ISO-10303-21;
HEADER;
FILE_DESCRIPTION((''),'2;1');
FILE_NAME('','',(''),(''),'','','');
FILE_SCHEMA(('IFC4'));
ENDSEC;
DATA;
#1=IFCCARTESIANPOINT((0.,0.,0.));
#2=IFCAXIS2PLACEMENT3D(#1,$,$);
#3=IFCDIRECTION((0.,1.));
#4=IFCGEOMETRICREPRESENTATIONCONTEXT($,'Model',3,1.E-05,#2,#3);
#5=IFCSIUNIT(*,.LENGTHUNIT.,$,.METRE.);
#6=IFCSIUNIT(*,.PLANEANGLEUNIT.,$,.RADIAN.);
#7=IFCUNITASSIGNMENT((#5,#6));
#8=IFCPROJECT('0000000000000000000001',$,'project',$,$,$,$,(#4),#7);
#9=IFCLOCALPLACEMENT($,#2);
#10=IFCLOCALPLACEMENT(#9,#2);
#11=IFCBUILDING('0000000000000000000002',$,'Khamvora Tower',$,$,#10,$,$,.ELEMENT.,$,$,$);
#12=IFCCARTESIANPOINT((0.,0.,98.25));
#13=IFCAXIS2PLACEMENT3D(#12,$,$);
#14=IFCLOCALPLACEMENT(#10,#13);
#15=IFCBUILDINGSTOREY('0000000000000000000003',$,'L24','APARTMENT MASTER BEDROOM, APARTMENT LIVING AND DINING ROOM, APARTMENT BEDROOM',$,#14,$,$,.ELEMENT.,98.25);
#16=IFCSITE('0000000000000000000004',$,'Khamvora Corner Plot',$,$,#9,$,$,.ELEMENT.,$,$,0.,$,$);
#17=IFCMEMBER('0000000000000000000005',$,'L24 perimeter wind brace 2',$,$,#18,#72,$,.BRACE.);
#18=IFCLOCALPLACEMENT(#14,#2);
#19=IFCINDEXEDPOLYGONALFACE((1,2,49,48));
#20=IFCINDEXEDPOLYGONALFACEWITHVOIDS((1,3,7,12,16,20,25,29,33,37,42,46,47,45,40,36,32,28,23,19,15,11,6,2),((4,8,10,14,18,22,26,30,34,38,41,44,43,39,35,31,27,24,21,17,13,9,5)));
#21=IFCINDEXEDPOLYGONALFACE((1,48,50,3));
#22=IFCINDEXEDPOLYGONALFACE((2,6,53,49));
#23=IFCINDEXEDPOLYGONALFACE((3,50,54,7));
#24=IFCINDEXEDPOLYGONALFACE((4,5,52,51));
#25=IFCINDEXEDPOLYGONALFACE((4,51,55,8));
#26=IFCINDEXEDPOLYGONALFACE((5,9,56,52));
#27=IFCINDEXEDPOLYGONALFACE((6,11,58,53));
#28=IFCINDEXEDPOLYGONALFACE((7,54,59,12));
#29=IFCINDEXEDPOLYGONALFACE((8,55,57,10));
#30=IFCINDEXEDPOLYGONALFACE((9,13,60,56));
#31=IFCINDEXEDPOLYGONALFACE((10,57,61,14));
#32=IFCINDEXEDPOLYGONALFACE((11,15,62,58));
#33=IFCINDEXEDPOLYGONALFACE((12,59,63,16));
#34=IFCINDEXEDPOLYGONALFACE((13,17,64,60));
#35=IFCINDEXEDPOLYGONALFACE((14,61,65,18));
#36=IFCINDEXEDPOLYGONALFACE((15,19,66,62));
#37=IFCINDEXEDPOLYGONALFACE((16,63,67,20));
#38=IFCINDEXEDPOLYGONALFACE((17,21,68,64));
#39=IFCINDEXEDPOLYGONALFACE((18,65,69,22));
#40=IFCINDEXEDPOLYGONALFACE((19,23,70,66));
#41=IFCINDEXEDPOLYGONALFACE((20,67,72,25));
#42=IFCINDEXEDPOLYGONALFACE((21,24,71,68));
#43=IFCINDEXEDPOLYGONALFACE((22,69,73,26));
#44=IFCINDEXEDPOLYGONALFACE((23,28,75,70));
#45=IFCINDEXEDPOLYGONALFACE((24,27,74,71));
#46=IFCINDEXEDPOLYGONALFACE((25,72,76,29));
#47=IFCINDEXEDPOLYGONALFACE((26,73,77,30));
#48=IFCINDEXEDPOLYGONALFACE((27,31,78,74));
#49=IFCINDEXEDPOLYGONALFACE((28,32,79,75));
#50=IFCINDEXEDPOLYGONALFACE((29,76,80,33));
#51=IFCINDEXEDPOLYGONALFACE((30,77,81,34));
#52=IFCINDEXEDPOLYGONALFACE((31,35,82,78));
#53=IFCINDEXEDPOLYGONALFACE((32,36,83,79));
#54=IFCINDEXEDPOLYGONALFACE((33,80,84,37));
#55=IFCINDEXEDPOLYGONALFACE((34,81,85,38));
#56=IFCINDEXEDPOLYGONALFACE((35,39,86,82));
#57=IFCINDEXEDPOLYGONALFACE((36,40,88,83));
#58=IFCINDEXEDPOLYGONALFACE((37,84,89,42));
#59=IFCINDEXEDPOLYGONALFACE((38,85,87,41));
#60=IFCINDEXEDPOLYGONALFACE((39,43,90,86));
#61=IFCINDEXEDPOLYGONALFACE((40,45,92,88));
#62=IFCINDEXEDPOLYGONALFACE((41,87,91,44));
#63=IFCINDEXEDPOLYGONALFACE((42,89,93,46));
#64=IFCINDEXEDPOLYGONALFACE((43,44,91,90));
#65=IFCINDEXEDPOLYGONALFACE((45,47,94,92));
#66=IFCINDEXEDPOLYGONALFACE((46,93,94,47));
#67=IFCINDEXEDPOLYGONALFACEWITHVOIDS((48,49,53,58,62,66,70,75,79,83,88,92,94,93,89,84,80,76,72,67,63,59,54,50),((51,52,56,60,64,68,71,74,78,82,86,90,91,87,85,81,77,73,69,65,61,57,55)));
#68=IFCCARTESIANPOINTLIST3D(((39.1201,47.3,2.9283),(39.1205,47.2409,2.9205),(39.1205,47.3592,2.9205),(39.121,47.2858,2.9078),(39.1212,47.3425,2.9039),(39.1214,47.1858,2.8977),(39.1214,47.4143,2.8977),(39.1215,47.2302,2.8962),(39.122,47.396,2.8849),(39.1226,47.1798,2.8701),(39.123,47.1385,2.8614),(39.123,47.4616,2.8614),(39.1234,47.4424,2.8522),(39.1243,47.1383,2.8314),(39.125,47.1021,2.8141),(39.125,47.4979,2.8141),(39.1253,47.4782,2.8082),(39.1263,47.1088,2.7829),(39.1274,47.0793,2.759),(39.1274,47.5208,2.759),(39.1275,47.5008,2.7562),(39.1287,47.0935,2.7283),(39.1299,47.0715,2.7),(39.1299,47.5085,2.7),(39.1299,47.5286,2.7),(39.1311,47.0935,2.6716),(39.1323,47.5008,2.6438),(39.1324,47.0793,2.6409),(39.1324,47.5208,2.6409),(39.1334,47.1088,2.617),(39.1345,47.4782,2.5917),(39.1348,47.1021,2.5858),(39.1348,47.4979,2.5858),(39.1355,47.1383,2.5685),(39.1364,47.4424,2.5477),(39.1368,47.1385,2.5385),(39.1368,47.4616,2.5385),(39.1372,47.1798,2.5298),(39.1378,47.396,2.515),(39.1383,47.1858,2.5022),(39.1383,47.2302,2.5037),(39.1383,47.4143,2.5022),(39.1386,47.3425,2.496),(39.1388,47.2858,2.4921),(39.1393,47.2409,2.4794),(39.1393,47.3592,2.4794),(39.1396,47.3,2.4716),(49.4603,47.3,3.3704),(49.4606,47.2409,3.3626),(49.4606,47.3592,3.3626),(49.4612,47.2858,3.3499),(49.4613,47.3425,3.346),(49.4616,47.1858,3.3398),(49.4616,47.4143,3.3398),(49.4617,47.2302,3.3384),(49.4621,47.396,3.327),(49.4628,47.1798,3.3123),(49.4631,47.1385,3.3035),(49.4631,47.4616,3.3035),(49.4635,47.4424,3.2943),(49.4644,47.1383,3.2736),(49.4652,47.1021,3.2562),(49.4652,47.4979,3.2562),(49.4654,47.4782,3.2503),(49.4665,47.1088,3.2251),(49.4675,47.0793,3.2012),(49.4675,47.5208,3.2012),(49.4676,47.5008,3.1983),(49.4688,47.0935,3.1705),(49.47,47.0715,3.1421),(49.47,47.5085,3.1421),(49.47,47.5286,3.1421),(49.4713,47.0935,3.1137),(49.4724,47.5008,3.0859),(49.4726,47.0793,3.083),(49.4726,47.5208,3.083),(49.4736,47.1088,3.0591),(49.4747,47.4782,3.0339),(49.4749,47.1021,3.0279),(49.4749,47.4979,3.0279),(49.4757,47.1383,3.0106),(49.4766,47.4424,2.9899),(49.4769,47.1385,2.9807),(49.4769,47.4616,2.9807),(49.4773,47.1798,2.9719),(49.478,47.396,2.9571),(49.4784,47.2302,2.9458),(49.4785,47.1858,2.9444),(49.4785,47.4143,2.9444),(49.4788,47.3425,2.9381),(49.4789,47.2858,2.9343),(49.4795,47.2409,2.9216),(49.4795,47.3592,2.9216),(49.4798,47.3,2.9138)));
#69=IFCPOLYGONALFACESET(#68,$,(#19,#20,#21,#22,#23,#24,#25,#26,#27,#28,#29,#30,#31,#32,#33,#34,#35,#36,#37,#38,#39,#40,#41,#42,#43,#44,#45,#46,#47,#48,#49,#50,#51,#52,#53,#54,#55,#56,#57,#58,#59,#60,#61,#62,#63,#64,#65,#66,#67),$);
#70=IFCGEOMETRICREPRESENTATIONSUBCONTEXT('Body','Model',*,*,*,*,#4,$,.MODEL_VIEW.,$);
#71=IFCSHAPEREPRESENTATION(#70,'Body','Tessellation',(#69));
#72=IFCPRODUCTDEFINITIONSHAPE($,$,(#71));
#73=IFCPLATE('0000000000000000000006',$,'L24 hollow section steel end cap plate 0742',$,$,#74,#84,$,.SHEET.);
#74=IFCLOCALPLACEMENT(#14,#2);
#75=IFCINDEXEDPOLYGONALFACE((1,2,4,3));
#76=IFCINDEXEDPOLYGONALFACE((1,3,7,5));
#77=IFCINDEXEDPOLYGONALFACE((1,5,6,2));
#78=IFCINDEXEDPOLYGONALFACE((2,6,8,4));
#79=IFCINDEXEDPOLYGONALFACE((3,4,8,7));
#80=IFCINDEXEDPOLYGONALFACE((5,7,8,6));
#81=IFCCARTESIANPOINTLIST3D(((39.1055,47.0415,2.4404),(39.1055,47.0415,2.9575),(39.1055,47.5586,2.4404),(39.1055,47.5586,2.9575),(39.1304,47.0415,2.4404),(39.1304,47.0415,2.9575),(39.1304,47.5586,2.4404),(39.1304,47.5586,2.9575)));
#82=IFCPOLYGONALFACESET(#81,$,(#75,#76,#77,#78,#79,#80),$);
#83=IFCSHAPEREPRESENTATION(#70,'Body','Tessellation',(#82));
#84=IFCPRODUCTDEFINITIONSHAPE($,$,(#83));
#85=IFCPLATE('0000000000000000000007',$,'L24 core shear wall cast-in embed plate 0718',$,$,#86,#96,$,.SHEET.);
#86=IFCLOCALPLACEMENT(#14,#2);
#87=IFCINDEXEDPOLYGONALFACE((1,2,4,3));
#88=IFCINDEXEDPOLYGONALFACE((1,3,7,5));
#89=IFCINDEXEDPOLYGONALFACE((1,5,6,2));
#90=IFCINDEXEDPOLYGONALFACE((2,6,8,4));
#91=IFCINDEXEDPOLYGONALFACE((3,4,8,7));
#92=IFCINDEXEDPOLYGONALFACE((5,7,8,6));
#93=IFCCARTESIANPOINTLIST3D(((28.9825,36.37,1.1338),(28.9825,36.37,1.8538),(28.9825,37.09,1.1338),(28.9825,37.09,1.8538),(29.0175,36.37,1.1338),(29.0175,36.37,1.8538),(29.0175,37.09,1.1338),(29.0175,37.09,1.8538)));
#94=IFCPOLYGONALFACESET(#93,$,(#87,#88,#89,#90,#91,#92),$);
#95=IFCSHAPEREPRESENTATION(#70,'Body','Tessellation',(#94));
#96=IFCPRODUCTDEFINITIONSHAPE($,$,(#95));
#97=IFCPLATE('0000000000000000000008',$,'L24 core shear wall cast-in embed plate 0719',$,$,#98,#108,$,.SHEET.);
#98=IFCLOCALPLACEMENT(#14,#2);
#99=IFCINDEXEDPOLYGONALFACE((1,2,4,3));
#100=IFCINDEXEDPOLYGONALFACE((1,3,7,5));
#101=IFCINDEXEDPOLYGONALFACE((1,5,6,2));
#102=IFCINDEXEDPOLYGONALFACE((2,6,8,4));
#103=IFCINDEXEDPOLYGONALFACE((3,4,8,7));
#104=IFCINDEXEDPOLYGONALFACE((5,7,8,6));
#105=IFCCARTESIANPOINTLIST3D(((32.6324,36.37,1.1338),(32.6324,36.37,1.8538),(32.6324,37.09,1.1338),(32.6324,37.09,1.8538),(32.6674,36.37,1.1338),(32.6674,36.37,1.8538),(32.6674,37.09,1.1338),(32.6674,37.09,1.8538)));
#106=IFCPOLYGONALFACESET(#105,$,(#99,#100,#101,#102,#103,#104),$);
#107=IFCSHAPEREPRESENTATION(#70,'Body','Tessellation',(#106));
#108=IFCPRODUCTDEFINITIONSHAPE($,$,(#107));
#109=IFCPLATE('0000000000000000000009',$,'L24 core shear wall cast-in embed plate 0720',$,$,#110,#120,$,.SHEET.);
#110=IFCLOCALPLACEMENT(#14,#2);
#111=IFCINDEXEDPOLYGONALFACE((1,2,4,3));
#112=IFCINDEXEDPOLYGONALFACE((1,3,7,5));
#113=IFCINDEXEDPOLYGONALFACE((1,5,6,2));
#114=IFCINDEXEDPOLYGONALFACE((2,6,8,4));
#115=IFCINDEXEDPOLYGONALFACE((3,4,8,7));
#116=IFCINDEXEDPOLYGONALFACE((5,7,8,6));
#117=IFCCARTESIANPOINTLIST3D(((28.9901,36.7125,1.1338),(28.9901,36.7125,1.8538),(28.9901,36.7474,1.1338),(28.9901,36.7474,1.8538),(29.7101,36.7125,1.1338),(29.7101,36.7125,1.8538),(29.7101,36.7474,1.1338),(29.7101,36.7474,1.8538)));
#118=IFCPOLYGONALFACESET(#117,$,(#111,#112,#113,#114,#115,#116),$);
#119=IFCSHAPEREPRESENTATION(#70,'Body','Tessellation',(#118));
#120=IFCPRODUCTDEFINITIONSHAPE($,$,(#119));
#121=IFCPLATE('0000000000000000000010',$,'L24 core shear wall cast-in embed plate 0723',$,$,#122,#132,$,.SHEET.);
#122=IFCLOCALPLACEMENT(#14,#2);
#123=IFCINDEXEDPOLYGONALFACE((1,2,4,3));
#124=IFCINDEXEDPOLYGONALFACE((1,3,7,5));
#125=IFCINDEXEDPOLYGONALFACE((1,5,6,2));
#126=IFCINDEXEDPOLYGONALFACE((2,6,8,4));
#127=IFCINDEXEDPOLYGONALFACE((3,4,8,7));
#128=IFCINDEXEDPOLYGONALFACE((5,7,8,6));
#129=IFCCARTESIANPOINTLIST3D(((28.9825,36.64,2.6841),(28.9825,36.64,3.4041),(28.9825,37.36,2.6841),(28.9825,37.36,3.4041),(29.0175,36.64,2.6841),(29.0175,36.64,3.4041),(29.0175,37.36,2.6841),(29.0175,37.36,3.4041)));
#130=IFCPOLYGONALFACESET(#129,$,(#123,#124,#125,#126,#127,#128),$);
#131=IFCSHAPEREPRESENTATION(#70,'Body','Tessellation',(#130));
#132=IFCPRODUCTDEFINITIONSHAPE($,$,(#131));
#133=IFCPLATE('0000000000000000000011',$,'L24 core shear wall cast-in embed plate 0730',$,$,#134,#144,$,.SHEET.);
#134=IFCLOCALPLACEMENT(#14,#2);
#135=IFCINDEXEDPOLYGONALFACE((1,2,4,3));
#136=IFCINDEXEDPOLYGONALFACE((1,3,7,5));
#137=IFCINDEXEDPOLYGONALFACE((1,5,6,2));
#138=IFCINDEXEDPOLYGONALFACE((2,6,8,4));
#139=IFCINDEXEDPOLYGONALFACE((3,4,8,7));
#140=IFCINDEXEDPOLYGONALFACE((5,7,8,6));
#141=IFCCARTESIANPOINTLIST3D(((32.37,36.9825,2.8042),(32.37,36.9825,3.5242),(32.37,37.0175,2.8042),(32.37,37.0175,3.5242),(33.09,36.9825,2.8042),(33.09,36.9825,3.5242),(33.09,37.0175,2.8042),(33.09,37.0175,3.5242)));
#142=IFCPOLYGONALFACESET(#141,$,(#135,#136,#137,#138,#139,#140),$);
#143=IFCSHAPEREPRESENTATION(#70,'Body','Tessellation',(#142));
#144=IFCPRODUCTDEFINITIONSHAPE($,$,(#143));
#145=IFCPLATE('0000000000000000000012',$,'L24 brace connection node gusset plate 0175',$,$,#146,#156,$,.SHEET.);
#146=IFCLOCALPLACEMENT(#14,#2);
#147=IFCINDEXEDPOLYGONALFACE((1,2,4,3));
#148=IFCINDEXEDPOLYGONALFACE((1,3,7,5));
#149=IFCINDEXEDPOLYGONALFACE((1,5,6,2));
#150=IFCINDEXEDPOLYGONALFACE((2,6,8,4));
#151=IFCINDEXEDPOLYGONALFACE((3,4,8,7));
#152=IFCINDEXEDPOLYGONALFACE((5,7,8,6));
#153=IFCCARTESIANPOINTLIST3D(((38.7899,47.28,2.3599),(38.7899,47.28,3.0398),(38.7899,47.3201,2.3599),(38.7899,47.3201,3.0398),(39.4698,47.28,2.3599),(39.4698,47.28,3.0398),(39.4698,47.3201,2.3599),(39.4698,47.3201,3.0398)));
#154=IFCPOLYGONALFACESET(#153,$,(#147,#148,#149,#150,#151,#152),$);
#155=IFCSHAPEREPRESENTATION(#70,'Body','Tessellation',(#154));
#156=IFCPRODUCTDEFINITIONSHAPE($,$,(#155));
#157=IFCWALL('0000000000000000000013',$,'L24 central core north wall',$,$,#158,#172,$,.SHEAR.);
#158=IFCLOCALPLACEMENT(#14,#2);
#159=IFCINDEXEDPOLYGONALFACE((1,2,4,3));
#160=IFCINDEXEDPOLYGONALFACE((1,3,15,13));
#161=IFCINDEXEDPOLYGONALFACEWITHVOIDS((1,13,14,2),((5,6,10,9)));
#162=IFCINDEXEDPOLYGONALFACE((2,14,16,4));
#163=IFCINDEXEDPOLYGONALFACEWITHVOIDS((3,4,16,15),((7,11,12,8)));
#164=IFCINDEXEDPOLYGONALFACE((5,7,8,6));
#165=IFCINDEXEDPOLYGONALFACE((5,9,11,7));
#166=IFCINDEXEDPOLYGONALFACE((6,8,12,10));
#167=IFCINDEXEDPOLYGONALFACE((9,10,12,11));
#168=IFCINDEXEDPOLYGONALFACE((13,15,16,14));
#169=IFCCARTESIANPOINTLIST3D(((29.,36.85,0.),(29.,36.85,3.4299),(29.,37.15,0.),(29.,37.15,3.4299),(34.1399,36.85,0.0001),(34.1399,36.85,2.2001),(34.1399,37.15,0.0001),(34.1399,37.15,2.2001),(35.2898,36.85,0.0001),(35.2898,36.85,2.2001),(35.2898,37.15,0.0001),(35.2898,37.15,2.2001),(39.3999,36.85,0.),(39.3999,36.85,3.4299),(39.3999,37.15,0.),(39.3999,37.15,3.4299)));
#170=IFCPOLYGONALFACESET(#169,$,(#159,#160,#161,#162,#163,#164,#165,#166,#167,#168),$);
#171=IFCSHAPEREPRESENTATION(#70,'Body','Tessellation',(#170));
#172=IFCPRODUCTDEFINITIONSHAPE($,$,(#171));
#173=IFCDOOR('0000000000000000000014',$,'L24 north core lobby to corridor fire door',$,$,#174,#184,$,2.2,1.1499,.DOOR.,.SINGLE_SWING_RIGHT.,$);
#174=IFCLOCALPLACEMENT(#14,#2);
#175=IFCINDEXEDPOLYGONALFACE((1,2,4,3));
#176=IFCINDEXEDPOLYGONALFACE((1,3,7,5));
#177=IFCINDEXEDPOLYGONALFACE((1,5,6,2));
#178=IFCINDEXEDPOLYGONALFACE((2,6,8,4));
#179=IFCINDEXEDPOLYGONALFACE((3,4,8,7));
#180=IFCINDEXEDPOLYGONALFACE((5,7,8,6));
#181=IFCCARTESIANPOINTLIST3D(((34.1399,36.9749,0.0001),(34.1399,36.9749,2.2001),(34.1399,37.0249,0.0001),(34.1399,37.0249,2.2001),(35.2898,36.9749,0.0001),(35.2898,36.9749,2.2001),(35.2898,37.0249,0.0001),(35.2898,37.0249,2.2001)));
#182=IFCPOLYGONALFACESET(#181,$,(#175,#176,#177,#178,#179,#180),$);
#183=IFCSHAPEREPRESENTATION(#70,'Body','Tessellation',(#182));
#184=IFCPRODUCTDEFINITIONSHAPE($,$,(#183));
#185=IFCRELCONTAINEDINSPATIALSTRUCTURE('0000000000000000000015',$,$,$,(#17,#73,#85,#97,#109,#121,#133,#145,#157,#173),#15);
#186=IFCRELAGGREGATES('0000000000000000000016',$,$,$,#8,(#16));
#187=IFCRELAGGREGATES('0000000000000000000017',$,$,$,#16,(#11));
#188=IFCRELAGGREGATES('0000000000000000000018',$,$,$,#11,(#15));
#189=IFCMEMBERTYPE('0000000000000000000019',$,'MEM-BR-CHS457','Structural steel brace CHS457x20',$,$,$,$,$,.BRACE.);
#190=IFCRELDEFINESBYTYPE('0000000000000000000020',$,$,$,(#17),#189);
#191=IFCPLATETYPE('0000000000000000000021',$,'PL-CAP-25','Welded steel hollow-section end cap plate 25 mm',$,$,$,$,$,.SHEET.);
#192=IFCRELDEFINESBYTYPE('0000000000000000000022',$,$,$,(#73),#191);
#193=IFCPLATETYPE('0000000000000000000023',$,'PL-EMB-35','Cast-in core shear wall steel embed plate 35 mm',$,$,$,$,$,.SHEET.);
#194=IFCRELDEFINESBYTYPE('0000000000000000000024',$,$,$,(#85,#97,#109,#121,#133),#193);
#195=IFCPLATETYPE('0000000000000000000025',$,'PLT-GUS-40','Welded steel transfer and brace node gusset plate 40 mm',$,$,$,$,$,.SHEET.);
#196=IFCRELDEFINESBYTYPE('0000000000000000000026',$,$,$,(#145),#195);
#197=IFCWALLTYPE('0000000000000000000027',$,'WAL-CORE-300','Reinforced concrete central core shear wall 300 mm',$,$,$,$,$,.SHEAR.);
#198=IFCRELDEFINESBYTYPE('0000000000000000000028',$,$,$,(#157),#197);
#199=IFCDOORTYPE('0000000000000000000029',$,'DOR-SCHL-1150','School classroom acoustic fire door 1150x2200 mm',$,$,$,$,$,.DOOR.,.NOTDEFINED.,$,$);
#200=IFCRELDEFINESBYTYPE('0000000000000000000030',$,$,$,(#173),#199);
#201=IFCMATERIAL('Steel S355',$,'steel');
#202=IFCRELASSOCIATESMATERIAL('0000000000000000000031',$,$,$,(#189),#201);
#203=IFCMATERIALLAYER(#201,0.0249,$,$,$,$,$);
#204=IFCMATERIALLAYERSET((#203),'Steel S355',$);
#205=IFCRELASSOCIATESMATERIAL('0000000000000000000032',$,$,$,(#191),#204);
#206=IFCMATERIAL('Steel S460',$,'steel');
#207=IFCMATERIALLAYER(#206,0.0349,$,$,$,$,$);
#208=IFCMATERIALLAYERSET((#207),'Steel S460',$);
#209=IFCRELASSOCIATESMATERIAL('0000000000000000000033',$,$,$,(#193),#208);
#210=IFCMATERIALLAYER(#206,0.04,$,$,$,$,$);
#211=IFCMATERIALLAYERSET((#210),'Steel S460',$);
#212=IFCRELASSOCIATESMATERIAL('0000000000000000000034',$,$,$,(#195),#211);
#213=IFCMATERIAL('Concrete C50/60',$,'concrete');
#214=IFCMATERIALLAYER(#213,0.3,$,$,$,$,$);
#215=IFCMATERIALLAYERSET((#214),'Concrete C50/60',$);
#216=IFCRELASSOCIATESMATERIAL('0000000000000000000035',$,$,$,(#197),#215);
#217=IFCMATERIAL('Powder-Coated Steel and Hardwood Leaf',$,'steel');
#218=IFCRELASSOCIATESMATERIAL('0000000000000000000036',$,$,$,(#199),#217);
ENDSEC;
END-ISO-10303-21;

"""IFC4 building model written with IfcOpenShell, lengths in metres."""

from ifc_helpers import new_model, si_unit, direction, frame, frame_2d, origin, origin_2d, place, context, subcontext, project, spatial, rectangle, hollow_circle, extrude, material, layer, layer_set, material_profile, profile_set, type_object, element, fill, save


model = new_model("IFC4")

# Units and contexts
model_context = context("Model", 3, precision=1e-05, world=origin(), true_north=direction((0.0, 1.0)))
body_context = subcontext(model_context, "Body", "Model", "MODEL_VIEW")
ifc_project = project(units=[si_unit("LENGTHUNIT", "METRE"), si_unit("PLANEANGLEUNIT", "RADIAN")], contexts=[model_context])

# Site, building, storey
site_placement = place(None, origin())
site = spatial("IfcSite", under=ifc_project, at=site_placement, Name="Khamvora Corner Plot", CompositionType="ELEMENT", RefElevation=0.0)
building_placement = place(site_placement, origin())
building = spatial("IfcBuilding", under=site, at=building_placement, Name="Khamvora Tower", CompositionType="ELEMENT")
storey_placement = place(building_placement, frame((0.0, 0.0, 98.25)))
storey = spatial("IfcBuildingStorey", under=building, at=storey_placement, Name="L24", Description="APARTMENT MASTER BEDROOM, APARTMENT LIVING AND DINING ROOM, APARTMENT BEDROOM", CompositionType="ELEMENT", Elevation=98.25)

# Shared definitions
ifc_material_1 = material(Name="Steel S355", Category="steel")
ifc_material_2 = material(Name="Steel S460", Category="steel")

# Member
ifc_material_profile_1 = material_profile(ifc_material_1, hollow_circle(Radius=0.2285, WallThickness=0.02, at=origin_2d()), Name="CHS457x20")
ifc_profile_set_1 = profile_set([ifc_material_profile_1], Name="Steel S355")
member_type = type_object("IfcMemberType", Name="MEM-BR-CHS457", Description="Structural steel brace CHS457x20", PredefinedType="BRACE", material=ifc_profile_set_1)
member_placement = place(storey_placement, frame((39.1299, 47.3, 2.7), z_axis=(0.999087, 0.0, 0.042721), x_axis=(0.0, 1.0, 0.0)))
element("IfcMember", 1, at=member_placement, inside=storey, type_object=member_type, Name="L24 perimeter wind brace 2", PredefinedType="BRACE", context=body_context, shape_type="SweptSolid", body=[
    extrude(hollow_circle(Radius=0.2285, WallThickness=0.02, at=origin_2d()), origin(), (0.0, 0.0, 1.0), 10.3496),
])

# Plates
ifc_layer_1 = layer(ifc_material_1, 0.0249)
ifc_layer_set_1 = layer_set([ifc_layer_1], Name="Steel S355")
plate_type_1 = type_object("IfcPlateType", Name="PL-CAP-25", Description="Welded steel hollow-section end cap plate 25 mm", PredefinedType="SHEET", material=ifc_layer_set_1)
plate_1_placement = place(storey_placement, frame((39.1179, 47.3, 2.4404), z_axis=(0.0, 0.0, 1.0), x_axis=(1.0, 0.0, 0.0)))
element("IfcPlate", 2, at=plate_1_placement, inside=storey, type_object=plate_type_1, Name="L24 hollow section steel end cap plate 0742", PredefinedType="SHEET", context=body_context, shape_type="SweptSolid", body=[
    extrude(rectangle(XDim=0.0249, YDim=0.5171, at=origin_2d()), origin(), (0.0, 0.0, 1.0), 0.5171),
])
ifc_layer_2 = layer(ifc_material_2, 0.0349)
ifc_layer_set_2 = layer_set([ifc_layer_2], Name="Steel S460")
plate_type_2 = type_object("IfcPlateType", Name="PL-EMB-35", Description="Cast-in core shear wall steel embed plate 35 mm", PredefinedType="SHEET", material=ifc_layer_set_2)
for number, where, z_axis, x_axis, name in (
    (3, (29.0, 36.73, 1.1338), (0.0, 0.0, 1.0), (1.0, 0.0, 0.0), "L24 core shear wall cast-in embed plate 0718"),
    (4, (32.6499, 36.73, 1.1338), (0.0, 0.0, 1.0), (1.0, 0.0, 0.0), "L24 core shear wall cast-in embed plate 0719"),
):
    element("IfcPlate", number, at=place(storey_placement, frame(where, z_axis=z_axis, x_axis=x_axis)), inside=storey, type_object=plate_type_2, Name=name, PredefinedType="SHEET", context=body_context, shape_type="SweptSolid", body=[
        extrude(rectangle(XDim=0.0349, YDim=0.72, at=origin_2d()), origin(), (0.0, 0.0, 1.0), 0.72),
    ])
plate_2_placement = place(storey_placement, frame((29.3501, 36.73, 1.1338), z_axis=(0.0, 0.0, 1.0), x_axis=(1.0, 0.0, 0.0)))
element("IfcPlate", 5, at=plate_2_placement, inside=storey, type_object=plate_type_2, Name="L24 core shear wall cast-in embed plate 0720", PredefinedType="SHEET", context=body_context, shape_type="SweptSolid", body=[
    extrude(rectangle(XDim=0.72, YDim=0.0349, at=origin_2d()), origin(), (0.0, 0.0, 1.0), 0.72),
])
plate_3_placement = place(storey_placement, frame((29.0, 37.0, 2.6841), z_axis=(0.0, 0.0, 1.0), x_axis=(1.0, 0.0, 0.0)))
element("IfcPlate", 6, at=plate_3_placement, inside=storey, type_object=plate_type_2, Name="L24 core shear wall cast-in embed plate 0723", PredefinedType="SHEET", context=body_context, shape_type="SweptSolid", body=[
    extrude(rectangle(XDim=0.0349, YDim=0.72, at=origin_2d()), origin(), (0.0, 0.0, 1.0), 0.72),
])
plate_4_placement = place(storey_placement, frame((32.73, 37.0, 2.8042), z_axis=(0.0, 0.0, 1.0), x_axis=(1.0, 0.0, 0.0)))
element("IfcPlate", 7, at=plate_4_placement, inside=storey, type_object=plate_type_2, Name="L24 core shear wall cast-in embed plate 0730", PredefinedType="SHEET", context=body_context, shape_type="SweptSolid", body=[
    extrude(rectangle(XDim=0.72, YDim=0.0349, at=origin_2d()), origin(), (0.0, 0.0, 1.0), 0.72),
])
ifc_layer_3 = layer(ifc_material_2, 0.04)
ifc_layer_set_3 = layer_set([ifc_layer_3], Name="Steel S460")
plate_type_3 = type_object("IfcPlateType", Name="PLT-GUS-40", Description="Welded steel transfer and brace node gusset plate 40 mm", PredefinedType="SHEET", material=ifc_layer_set_3)
plate_5_placement = place(storey_placement, frame((39.1299, 47.3, 2.3599), z_axis=(0.0, 0.0, 1.0), x_axis=(1.0, 0.0, 0.0)))
element("IfcPlate", 8, at=plate_5_placement, inside=storey, type_object=plate_type_3, Name="L24 brace connection node gusset plate 0175", PredefinedType="SHEET", context=body_context, shape_type="SweptSolid", body=[
    extrude(rectangle(XDim=0.6799, YDim=0.04, at=origin_2d()), origin(), (0.0, 0.0, 1.0), 0.6799),
])

# Wall, opening, door
ifc_material_3 = material(Name="Concrete C50/60", Category="concrete")
ifc_layer_4 = layer(ifc_material_3, 0.3)
ifc_layer_set_4 = layer_set([ifc_layer_4], Name="Concrete C50/60")
wall_type_1 = type_object("IfcWallType", Name="WAL-CORE-300", Description="Reinforced concrete central core shear wall 300 mm", PredefinedType="SHEAR", material=ifc_layer_set_4)
wall_1_placement = place(storey_placement, frame((29.0, 37.0, 0.0), z_axis=(0.0, 0.0, 1.0), x_axis=(1.0, 0.0, 0.0)))
wall_1 = element("IfcWall", 9, at=wall_1_placement, inside=storey, type_object=wall_type_1, Name="L24 central core north wall", PredefinedType="SHEAR", context=body_context, shape_type="SweptSolid", body=[
    extrude(rectangle(XDim=10.3999, YDim=0.3, at=frame_2d((5.2, 0.0))), origin(), (0.0, 0.0, 1.0), 3.4299),
])
opening_1_placement = place(wall_1_placement, frame((5.1399, 0.0, 0.0)))
opening_1 = element("IfcOpeningElement", 10, at=opening_1_placement, cuts=wall_1, PredefinedType="OPENING", context=body_context, shape_type="SweptSolid", body=[
    extrude(rectangle(XDim=1.1499, YDim=2.2, at=frame_2d((0.575, 1.1001))), frame((0.0, 0.1599, 0.0), z_axis=(0.0, -1.0, 0.0), x_axis=(1.0, 0.0, 0.0)), (0.0, 0.0, 1.0), 0.3201),
])
ifc_material_4 = material(Name="Powder-Coated Steel and Hardwood Leaf", Category="steel")
door_type_1 = type_object("IfcDoorType", Name="DOR-SCHL-1150", Description="School classroom acoustic fire door 1150x2200 mm", OperationType="NOTDEFINED", PredefinedType="DOOR", material=ifc_material_4)
door_1_placement = place(opening_1_placement, origin())
door_1 = element("IfcDoor", 11, at=door_1_placement, inside=storey, type_object=door_type_1, Name="L24 north core lobby to corridor fire door", OperationType="SINGLE_SWING_RIGHT", OverallHeight=2.2, OverallWidth=1.1499, PredefinedType="DOOR", context=body_context, shape_type="SweptSolid", body=[
    extrude(rectangle(XDim=1.1499, YDim=2.2, at=frame_2d((0.575, 1.1001))), frame((0.0, 0.0249, 0.0), z_axis=(0.0, -1.0, 0.0), x_axis=(1.0, 0.0, 0.0)), (0.0, 0.0, 1.0), 0.05),
])
fill(opening_1, door_1)

save(model, "model.ifc")
